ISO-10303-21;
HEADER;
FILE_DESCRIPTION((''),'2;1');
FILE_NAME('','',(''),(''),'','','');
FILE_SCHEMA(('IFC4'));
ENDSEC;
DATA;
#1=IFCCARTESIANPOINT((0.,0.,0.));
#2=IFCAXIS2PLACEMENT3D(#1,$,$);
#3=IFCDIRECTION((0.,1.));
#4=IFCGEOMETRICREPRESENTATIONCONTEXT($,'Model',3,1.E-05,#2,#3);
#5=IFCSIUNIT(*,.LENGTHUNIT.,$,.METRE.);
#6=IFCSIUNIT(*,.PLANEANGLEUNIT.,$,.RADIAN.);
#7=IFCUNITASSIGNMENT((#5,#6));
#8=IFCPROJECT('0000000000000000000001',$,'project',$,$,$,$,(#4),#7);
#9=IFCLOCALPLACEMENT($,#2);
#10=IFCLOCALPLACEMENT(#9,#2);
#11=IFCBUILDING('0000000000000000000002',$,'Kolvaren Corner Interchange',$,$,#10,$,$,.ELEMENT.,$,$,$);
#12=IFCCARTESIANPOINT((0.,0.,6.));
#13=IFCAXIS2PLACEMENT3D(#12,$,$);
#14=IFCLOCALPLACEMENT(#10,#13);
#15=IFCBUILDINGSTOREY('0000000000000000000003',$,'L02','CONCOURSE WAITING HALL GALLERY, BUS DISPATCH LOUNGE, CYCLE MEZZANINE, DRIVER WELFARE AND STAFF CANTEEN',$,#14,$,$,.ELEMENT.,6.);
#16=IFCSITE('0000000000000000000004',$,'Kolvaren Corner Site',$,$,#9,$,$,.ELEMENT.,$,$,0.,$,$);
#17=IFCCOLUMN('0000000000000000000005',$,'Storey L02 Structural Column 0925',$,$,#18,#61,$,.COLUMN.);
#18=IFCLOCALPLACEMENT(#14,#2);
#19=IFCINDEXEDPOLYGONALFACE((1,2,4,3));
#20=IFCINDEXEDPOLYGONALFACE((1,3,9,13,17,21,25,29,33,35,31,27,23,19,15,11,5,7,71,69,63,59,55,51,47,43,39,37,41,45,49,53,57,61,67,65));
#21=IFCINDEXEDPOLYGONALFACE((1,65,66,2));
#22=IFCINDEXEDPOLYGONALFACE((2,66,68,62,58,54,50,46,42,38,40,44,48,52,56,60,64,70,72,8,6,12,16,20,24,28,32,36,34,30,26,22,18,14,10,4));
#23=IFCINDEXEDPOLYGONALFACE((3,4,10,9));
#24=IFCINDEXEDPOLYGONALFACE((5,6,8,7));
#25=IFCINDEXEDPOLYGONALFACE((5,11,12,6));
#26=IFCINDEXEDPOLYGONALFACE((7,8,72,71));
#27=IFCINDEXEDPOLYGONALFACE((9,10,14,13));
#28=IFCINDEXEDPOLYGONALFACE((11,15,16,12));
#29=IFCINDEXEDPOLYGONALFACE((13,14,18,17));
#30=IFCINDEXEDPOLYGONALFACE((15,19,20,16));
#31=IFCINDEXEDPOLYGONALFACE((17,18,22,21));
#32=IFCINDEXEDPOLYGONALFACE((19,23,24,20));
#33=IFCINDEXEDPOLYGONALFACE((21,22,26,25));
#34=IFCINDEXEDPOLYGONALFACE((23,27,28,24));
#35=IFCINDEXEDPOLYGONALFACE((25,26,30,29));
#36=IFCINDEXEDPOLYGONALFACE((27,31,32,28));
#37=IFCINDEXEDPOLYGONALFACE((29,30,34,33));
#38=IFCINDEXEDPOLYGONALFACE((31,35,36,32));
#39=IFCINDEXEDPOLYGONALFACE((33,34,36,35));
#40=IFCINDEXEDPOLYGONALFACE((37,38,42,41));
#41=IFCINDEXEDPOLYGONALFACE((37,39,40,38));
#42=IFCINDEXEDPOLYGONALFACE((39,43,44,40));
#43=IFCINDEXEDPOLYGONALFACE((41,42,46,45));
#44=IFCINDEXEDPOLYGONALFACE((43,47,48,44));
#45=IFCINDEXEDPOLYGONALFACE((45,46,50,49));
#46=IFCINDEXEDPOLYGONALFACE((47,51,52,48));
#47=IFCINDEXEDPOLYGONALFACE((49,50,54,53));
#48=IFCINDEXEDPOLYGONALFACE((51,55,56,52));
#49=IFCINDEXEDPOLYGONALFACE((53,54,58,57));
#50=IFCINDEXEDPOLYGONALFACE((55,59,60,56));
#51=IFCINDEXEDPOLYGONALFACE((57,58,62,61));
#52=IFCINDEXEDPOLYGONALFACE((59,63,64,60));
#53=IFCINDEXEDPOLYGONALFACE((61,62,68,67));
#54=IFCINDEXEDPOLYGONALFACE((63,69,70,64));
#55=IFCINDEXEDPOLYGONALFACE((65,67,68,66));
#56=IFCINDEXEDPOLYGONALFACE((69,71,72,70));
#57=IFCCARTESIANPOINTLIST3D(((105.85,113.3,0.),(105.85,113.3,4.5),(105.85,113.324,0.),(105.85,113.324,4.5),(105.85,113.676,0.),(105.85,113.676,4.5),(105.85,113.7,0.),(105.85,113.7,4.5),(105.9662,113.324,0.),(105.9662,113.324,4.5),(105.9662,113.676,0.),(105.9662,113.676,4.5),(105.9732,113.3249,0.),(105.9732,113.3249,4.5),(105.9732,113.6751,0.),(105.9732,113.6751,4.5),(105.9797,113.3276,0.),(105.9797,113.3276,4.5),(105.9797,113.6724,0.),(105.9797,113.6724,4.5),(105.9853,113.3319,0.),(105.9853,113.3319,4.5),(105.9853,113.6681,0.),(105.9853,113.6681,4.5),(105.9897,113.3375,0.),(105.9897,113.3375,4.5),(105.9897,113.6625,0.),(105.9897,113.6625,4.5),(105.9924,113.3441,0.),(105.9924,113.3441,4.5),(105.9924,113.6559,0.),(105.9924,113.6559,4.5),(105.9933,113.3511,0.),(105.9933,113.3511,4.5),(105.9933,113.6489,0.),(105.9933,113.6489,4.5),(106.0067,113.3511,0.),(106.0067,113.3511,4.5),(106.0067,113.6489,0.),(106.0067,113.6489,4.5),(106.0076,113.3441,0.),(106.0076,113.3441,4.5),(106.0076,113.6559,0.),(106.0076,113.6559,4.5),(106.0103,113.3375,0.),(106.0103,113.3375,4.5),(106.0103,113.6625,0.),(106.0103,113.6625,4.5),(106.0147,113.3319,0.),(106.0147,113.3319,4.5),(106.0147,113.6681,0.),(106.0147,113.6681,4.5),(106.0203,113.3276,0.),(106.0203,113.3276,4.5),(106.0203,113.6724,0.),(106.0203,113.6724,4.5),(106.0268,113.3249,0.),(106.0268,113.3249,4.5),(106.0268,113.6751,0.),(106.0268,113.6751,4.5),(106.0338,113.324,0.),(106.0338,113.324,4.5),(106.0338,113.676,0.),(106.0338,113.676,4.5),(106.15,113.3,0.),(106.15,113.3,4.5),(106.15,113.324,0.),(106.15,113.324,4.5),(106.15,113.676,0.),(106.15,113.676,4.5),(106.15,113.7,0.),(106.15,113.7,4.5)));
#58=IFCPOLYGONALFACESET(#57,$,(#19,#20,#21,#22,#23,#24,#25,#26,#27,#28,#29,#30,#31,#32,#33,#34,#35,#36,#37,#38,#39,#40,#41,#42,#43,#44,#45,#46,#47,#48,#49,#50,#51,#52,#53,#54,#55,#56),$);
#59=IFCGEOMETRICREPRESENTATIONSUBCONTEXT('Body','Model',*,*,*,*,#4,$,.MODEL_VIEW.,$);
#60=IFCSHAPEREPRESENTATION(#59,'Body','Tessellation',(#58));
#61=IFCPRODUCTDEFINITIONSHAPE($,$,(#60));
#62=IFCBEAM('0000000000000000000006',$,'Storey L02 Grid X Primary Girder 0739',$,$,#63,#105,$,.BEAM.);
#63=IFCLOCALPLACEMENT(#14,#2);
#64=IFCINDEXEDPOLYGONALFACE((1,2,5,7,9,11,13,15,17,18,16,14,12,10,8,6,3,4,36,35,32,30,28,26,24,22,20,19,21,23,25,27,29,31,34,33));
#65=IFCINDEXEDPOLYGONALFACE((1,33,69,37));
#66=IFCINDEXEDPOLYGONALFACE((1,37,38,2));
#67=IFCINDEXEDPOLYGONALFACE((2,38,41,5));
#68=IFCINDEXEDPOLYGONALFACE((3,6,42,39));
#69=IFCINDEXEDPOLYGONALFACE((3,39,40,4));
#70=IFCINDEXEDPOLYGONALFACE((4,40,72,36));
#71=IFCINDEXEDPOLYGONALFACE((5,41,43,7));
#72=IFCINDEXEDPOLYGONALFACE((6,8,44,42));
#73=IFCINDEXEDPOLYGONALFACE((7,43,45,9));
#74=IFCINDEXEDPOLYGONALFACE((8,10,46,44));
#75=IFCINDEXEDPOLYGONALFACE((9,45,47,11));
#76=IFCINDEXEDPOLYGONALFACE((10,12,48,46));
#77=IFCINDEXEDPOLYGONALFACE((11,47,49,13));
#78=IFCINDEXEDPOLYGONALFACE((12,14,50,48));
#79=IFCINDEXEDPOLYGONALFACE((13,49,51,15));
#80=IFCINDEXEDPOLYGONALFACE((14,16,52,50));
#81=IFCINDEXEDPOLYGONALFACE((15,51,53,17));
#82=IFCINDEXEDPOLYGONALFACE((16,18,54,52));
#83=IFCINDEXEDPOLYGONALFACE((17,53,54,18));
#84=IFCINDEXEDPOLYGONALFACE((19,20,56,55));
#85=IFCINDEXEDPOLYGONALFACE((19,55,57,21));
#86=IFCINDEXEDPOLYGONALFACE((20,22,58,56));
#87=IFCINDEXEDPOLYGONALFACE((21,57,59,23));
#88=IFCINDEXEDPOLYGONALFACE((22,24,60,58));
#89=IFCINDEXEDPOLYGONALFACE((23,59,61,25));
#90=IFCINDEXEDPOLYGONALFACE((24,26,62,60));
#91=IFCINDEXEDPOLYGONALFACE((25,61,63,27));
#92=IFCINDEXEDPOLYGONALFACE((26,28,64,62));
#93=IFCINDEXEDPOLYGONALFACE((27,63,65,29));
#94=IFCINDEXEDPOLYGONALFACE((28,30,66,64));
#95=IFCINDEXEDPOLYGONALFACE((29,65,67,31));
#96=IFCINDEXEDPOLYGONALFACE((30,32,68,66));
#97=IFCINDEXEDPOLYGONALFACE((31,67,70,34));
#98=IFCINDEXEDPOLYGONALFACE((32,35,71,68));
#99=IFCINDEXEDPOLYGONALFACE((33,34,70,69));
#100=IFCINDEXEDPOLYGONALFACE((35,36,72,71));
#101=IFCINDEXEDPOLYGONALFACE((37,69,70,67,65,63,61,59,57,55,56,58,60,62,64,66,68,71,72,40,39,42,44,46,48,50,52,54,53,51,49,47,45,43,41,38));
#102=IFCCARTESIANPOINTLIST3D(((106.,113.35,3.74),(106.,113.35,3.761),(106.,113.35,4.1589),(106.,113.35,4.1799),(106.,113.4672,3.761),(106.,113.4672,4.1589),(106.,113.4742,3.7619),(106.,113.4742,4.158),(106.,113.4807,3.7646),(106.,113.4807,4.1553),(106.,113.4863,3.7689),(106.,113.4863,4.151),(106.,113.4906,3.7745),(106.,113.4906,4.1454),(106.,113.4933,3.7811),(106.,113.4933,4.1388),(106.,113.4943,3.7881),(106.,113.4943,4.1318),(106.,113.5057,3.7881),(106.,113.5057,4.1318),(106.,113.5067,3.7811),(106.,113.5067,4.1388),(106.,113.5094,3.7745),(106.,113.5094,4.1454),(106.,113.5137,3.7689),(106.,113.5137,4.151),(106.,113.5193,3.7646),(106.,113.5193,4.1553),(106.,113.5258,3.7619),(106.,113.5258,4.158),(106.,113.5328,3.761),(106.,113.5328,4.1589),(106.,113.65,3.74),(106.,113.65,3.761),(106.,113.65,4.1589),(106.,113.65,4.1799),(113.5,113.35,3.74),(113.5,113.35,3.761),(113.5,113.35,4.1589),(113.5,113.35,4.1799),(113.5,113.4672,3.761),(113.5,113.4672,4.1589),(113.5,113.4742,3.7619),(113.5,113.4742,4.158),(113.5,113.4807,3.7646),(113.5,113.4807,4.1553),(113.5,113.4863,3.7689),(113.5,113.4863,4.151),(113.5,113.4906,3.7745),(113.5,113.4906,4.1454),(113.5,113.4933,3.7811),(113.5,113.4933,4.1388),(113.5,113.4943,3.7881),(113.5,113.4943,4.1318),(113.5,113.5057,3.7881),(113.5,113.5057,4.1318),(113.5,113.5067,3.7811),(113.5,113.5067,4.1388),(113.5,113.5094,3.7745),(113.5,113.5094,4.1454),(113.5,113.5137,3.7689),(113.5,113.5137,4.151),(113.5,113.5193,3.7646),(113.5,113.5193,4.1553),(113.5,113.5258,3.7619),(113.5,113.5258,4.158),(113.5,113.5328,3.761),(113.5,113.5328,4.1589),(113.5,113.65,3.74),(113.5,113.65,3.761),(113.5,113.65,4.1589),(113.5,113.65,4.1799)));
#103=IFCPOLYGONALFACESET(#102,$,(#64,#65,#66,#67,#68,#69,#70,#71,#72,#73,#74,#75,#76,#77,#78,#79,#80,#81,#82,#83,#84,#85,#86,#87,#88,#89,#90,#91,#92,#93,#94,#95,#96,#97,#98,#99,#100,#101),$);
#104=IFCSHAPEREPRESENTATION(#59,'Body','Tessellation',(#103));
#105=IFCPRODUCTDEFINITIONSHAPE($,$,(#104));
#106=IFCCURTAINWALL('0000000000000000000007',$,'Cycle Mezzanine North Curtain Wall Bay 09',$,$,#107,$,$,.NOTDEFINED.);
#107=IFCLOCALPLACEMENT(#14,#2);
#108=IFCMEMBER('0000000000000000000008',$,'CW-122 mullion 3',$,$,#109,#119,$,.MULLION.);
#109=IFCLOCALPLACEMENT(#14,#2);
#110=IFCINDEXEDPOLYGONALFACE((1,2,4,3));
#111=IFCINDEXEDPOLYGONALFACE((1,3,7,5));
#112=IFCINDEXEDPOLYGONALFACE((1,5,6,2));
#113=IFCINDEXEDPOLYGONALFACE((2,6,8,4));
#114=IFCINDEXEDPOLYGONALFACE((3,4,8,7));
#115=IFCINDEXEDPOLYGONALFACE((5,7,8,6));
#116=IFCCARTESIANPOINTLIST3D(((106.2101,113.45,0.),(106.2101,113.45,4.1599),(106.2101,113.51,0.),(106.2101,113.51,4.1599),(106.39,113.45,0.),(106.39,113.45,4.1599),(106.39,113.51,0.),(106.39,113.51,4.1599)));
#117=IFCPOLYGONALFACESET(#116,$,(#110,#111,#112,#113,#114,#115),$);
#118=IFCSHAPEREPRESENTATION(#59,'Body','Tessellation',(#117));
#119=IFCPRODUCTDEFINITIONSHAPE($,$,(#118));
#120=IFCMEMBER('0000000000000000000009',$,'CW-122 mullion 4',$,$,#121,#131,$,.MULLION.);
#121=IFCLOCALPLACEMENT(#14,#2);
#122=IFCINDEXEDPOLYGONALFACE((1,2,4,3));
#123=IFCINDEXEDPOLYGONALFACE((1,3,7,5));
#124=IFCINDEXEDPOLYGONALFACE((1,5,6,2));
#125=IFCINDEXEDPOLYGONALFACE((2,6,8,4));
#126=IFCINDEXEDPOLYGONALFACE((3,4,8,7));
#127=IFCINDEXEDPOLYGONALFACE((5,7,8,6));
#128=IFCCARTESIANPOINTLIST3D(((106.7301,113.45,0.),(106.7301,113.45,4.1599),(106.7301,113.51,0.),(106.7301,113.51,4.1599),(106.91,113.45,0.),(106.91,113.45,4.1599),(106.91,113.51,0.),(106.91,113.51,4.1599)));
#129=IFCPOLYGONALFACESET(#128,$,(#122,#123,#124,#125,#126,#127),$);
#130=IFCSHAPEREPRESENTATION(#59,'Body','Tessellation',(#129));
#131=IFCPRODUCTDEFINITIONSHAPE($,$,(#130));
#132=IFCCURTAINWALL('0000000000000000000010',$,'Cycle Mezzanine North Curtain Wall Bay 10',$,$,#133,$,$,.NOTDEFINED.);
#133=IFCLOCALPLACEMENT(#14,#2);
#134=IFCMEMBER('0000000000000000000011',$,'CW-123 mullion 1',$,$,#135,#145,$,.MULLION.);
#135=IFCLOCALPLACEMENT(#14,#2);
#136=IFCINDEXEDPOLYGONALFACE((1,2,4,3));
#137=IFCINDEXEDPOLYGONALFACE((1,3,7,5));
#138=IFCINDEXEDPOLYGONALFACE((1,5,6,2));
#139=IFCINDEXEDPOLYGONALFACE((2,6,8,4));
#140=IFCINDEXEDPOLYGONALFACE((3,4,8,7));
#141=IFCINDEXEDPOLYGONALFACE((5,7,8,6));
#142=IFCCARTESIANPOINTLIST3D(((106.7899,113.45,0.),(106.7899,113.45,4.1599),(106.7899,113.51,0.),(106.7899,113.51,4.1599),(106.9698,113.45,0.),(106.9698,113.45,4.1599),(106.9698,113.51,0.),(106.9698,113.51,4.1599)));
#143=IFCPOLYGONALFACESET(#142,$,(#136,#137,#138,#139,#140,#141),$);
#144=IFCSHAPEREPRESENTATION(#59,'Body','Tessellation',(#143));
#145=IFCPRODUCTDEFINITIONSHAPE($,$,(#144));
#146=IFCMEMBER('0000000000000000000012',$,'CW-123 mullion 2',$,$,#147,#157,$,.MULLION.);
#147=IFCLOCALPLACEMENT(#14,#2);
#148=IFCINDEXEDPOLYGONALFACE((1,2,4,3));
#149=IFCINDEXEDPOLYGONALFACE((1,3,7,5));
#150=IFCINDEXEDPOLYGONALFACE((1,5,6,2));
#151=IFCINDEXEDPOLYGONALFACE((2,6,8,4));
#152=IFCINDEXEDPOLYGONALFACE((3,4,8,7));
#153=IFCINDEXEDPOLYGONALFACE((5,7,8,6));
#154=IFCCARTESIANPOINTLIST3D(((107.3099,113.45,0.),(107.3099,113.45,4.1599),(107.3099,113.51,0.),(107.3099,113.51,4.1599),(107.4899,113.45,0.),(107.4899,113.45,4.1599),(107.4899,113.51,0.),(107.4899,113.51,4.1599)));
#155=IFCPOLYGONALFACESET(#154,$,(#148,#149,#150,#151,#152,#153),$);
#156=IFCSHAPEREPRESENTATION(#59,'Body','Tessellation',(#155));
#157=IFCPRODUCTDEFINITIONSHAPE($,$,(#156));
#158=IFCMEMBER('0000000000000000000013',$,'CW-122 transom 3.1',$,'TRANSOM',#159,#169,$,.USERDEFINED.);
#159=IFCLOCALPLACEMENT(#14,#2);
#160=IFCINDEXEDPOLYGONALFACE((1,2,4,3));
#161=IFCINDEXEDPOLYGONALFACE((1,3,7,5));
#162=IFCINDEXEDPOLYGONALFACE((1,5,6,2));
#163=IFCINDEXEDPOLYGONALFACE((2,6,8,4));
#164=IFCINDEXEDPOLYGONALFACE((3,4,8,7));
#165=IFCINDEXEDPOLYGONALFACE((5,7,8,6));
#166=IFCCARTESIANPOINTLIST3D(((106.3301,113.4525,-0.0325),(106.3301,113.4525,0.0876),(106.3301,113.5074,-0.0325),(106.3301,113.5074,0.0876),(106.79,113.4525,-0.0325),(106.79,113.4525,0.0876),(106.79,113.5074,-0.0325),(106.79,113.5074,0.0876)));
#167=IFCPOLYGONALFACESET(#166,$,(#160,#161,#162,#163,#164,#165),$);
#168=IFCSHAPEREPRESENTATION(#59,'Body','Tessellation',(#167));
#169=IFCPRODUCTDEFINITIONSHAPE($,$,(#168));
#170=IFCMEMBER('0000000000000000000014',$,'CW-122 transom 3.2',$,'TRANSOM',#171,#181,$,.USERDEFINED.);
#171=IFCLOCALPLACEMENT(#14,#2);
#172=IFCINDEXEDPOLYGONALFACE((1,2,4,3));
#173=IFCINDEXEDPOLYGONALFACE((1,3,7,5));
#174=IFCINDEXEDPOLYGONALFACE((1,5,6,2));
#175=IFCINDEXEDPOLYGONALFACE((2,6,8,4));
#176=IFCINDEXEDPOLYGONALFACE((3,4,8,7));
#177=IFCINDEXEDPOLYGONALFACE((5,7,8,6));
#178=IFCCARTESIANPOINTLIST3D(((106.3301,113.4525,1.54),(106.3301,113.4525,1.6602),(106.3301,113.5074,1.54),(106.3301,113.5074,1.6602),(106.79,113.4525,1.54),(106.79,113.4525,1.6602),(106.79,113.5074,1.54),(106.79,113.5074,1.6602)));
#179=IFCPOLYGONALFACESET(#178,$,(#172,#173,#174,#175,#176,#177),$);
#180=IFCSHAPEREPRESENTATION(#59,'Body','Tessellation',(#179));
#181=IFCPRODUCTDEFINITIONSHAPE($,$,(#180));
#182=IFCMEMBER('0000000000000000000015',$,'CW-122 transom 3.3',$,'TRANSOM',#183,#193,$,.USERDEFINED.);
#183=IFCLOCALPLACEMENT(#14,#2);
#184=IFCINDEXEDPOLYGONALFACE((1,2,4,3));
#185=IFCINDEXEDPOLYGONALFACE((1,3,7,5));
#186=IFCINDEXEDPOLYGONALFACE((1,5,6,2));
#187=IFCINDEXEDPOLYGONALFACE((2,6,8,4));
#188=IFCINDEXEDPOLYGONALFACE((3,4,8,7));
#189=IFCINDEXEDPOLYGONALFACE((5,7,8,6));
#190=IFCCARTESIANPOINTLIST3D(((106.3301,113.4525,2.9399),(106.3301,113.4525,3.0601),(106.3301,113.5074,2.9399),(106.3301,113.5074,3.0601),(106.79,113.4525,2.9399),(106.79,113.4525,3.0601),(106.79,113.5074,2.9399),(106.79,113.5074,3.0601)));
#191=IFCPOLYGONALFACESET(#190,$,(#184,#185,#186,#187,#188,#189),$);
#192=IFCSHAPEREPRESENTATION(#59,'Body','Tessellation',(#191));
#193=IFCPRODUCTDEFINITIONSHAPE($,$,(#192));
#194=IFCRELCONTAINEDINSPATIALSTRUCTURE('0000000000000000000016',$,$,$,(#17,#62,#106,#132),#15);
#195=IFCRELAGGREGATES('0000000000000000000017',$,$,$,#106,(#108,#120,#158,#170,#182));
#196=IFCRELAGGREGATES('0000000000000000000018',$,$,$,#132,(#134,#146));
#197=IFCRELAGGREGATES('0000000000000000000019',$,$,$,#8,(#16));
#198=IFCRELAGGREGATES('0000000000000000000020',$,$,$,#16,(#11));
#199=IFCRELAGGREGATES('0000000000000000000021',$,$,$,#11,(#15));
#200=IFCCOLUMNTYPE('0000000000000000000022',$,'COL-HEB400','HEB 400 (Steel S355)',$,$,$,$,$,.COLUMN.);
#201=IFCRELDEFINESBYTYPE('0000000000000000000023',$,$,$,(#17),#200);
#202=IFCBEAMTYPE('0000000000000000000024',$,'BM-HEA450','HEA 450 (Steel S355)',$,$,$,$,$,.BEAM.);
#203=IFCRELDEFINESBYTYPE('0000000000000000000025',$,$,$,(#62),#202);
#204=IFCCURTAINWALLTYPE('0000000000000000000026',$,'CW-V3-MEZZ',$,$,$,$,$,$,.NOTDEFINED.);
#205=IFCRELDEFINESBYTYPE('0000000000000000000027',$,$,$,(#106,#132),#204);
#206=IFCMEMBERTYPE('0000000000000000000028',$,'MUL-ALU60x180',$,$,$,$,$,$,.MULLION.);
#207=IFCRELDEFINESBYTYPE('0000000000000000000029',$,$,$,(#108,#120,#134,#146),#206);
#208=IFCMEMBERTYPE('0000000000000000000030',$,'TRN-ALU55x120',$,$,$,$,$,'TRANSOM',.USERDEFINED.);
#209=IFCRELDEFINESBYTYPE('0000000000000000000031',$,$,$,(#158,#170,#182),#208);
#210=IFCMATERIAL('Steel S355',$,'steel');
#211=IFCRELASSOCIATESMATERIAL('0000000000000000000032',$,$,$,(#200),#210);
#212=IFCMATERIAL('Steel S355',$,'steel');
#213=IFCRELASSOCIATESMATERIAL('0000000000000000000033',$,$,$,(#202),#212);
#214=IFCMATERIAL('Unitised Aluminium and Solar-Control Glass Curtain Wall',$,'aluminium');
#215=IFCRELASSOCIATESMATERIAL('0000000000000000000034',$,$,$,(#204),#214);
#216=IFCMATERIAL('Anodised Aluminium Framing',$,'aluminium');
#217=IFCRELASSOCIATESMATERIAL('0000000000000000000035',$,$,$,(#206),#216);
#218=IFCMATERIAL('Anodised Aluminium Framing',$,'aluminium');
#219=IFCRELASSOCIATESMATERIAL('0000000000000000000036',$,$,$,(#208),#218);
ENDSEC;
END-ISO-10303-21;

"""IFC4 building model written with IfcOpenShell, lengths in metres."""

from ifc_helpers import new_model, si_unit, direction, frame, origin, origin_2d, place, context, subcontext, project, spatial, rectangle, i_section, extrude, material, material_profile, profile_set, type_object, element, aggregate, save


model = new_model("IFC4")

# Units and contexts
model_context = context("Model", 3, precision=1e-05, world=origin(), true_north=direction((0.0, 1.0)))
body_context = subcontext(model_context, "Body", "Model", "MODEL_VIEW")
ifc_project = project(units=[si_unit("LENGTHUNIT", "METRE"), si_unit("PLANEANGLEUNIT", "RADIAN")], contexts=[model_context])

# Site, building, storey
site_placement = place(None, origin())
site = spatial("IfcSite", under=ifc_project, at=site_placement, Name="Kolvaren Corner Site", CompositionType="ELEMENT", RefElevation=0.0)
building_placement = place(site_placement, origin())
building = spatial("IfcBuilding", under=site, at=building_placement, Name="Kolvaren Corner Interchange", CompositionType="ELEMENT")
storey_placement = place(building_placement, frame((0.0, 0.0, 6.0)))
storey = spatial("IfcBuildingStorey", under=building, at=storey_placement, Name="L02", Description="CONCOURSE WAITING HALL GALLERY, BUS DISPATCH LOUNGE, CYCLE MEZZANINE, DRIVER WELFARE AND STAFF CANTEEN", CompositionType="ELEMENT", Elevation=6.0)

# Column
ifc_material_1 = material(Name="Steel S355", Category="steel")
ifc_material_profile_1 = material_profile(ifc_material_1, i_section(OverallWidth=0.3, OverallDepth=0.3999, WebThickness=0.0134, FlangeThickness=0.0239, FilletRadius=0.0271, at=origin_2d()), Name="HEB 400")
ifc_profile_set_1 = profile_set([ifc_material_profile_1], Name="Steel S355")
column_type = type_object("IfcColumnType", Name="COL-HEB400", Description="HEB 400 (Steel S355)", PredefinedType="COLUMN", material=ifc_profile_set_1)
column_placement = place(storey_placement, frame((106.0, 113.5, 0.0), z_axis=(0.0, 0.0, 1.0), x_axis=(1.0, 0.0, 0.0)))
element("IfcColumn", 1, at=column_placement, inside=storey, type_object=column_type, Name="Storey L02 Structural Column 0925", PredefinedType="COLUMN", context=body_context, shape_type="SweptSolid", body=[
    extrude(i_section(OverallWidth=0.3, OverallDepth=0.3999, WebThickness=0.0134, FlangeThickness=0.0239, FilletRadius=0.0271, at=origin_2d()), origin(), (0.0, 0.0, 1.0), 4.5),
])

# Beam
ifc_material_2 = material(Name="Steel S355", Category="steel")
ifc_material_profile_2 = material_profile(ifc_material_2, i_section(OverallWidth=0.3, OverallDepth=0.4399, WebThickness=0.0115, FlangeThickness=0.021, FilletRadius=0.0271, at=origin_2d()), Name="HEA 450")
ifc_profile_set_2 = profile_set([ifc_material_profile_2], Name="Steel S355")
beam_type = type_object("IfcBeamType", Name="BM-HEA450", Description="HEA 450 (Steel S355)", PredefinedType="BEAM", material=ifc_profile_set_2)
beam_placement = place(storey_placement, frame((106.0, 113.5, 3.96), z_axis=(1.0, 0.0, 0.0), x_axis=(0.0, 1.0, 0.0)))
element("IfcBeam", 2, at=beam_placement, inside=storey, type_object=beam_type, Name="Storey L02 Grid X Primary Girder 0739", PredefinedType="BEAM", context=body_context, shape_type="SweptSolid", body=[
    extrude(i_section(OverallWidth=0.3, OverallDepth=0.4399, WebThickness=0.0115, FlangeThickness=0.021, FilletRadius=0.0271, at=origin_2d()), origin(), (0.0, 0.0, 1.0), 7.5),
])

# Curtain walls, members
ifc_material_3 = material(Name="Unitised Aluminium and Solar-Control Glass Curtain Wall", Category="aluminium")
curtain_wall_type = type_object("IfcCurtainWallType", Name="CW-V3-MEZZ", PredefinedType="NOTDEFINED", material=ifc_material_3)
curtain_wall_1_placement = place(storey_placement, origin())
curtain_wall_1 = element("IfcCurtainWall", 3, at=curtain_wall_1_placement, inside=storey, type_object=curtain_wall_type, Name="Cycle Mezzanine North Curtain Wall Bay 09", PredefinedType="NOTDEFINED")
ifc_material_4 = material(Name="Anodised Aluminium Framing", Category="aluminium")
ifc_material_profile_3 = material_profile(ifc_material_4, rectangle(XDim=0.0601, YDim=0.1799, at=origin_2d()), Name="ALU 60x180")
ifc_profile_set_3 = profile_set([ifc_material_profile_3], Name="Anodised Aluminium Framing")
member_type_1 = type_object("IfcMemberType", Name="MUL-ALU60x180", PredefinedType="MULLION", material=ifc_profile_set_3)
member_1_placement = place(storey_placement, frame((106.3, 113.48, 0.0), z_axis=(0.0, 0.0, 1.0), x_axis=(0.0, 1.0, 0.0)))
member_1 = element("IfcMember", 4, at=member_1_placement, type_object=member_type_1, Name="CW-122 mullion 3", PredefinedType="MULLION", context=body_context, shape_type="SweptSolid", body=[
    extrude(rectangle(XDim=0.0601, YDim=0.1799, at=origin_2d()), origin(), (0.0, 0.0, 1.0), 4.1599),
])
member_2_placement = place(storey_placement, frame((106.8201, 113.48, 0.0), z_axis=(0.0, 0.0, 1.0), x_axis=(0.0, 1.0, 0.0)))
member_2 = element("IfcMember", 5, at=member_2_placement, type_object=member_type_1, Name="CW-122 mullion 4", PredefinedType="MULLION", context=body_context, shape_type="SweptSolid", body=[
    extrude(rectangle(XDim=0.0601, YDim=0.1799, at=origin_2d()), origin(), (0.0, 0.0, 1.0), 4.1599),
])
curtain_wall_2_placement = place(storey_placement, origin())
curtain_wall_2 = element("IfcCurtainWall", 6, at=curtain_wall_2_placement, inside=storey, type_object=curtain_wall_type, Name="Cycle Mezzanine North Curtain Wall Bay 10", PredefinedType="NOTDEFINED")
member_3_placement = place(storey_placement, frame((106.8799, 113.48, 0.0), z_axis=(0.0, 0.0, 1.0), x_axis=(0.0, 1.0, 0.0)))
member_3 = element("IfcMember", 7, at=member_3_placement, type_object=member_type_1, Name="CW-123 mullion 1", PredefinedType="MULLION", context=body_context, shape_type="SweptSolid", body=[
    extrude(rectangle(XDim=0.0601, YDim=0.1799, at=origin_2d()), origin(), (0.0, 0.0, 1.0), 4.1599),
])
member_4_placement = place(storey_placement, frame((107.3999, 113.48, 0.0), z_axis=(0.0, 0.0, 1.0), x_axis=(0.0, 1.0, 0.0)))
member_4 = element("IfcMember", 8, at=member_4_placement, type_object=member_type_1, Name="CW-123 mullion 2", PredefinedType="MULLION", context=body_context, shape_type="SweptSolid", body=[
    extrude(rectangle(XDim=0.0601, YDim=0.1799, at=origin_2d()), origin(), (0.0, 0.0, 1.0), 4.1599),
])

# Members
ifc_material_5 = material(Name="Anodised Aluminium Framing", Category="aluminium")
ifc_material_profile_4 = material_profile(ifc_material_5, rectangle(XDim=0.0549, YDim=0.1201, at=origin_2d()), Name="ALU 55x120")
ifc_profile_set_4 = profile_set([ifc_material_profile_4], Name="Anodised Aluminium Framing")
member_type_2 = type_object("IfcMemberType", Name="TRN-ALU55x120", ElementType="TRANSOM", PredefinedType="USERDEFINED", material=ifc_profile_set_4)
member_5_placement = place(storey_placement, frame((106.3301, 113.48, 0.0276), z_axis=(1.0, 0.0, 0.0), x_axis=(0.0, 1.0, 0.0)))
member_5 = element("IfcMember", 9, at=member_5_placement, type_object=member_type_2, Name="CW-122 transom 3.1", ObjectType="TRANSOM", PredefinedType="USERDEFINED", context=body_context, shape_type="SweptSolid", body=[
    extrude(rectangle(XDim=0.0549, YDim=0.1201, at=origin_2d()), origin(), (0.0, 0.0, 1.0), 0.46),
])
member_6_placement = place(storey_placement, frame((106.3301, 113.48, 1.6001), z_axis=(1.0, 0.0, 0.0), x_axis=(0.0, 1.0, 0.0)))
member_6 = element("IfcMember", 10, at=member_6_placement, type_object=member_type_2, Name="CW-122 transom 3.2", ObjectType="TRANSOM", PredefinedType="USERDEFINED", context=body_context, shape_type="SweptSolid", body=[
    extrude(rectangle(XDim=0.0549, YDim=0.1201, at=origin_2d()), origin(), (0.0, 0.0, 1.0), 0.46),
])
member_7_placement = place(storey_placement, frame((106.3301, 113.48, 3.0), z_axis=(1.0, 0.0, 0.0), x_axis=(0.0, 1.0, 0.0)))
member_7 = element("IfcMember", 11, at=member_7_placement, type_object=member_type_2, Name="CW-122 transom 3.3", ObjectType="TRANSOM", PredefinedType="USERDEFINED", context=body_context, shape_type="SweptSolid", body=[
    extrude(rectangle(XDim=0.0549, YDim=0.1201, at=origin_2d()), origin(), (0.0, 0.0, 1.0), 0.46),
])

aggregate(curtain_wall_1, [member_1, member_2, member_5, member_6, member_7])
aggregate(curtain_wall_2, [member_3, member_4])

save(model, "model.ifc")
